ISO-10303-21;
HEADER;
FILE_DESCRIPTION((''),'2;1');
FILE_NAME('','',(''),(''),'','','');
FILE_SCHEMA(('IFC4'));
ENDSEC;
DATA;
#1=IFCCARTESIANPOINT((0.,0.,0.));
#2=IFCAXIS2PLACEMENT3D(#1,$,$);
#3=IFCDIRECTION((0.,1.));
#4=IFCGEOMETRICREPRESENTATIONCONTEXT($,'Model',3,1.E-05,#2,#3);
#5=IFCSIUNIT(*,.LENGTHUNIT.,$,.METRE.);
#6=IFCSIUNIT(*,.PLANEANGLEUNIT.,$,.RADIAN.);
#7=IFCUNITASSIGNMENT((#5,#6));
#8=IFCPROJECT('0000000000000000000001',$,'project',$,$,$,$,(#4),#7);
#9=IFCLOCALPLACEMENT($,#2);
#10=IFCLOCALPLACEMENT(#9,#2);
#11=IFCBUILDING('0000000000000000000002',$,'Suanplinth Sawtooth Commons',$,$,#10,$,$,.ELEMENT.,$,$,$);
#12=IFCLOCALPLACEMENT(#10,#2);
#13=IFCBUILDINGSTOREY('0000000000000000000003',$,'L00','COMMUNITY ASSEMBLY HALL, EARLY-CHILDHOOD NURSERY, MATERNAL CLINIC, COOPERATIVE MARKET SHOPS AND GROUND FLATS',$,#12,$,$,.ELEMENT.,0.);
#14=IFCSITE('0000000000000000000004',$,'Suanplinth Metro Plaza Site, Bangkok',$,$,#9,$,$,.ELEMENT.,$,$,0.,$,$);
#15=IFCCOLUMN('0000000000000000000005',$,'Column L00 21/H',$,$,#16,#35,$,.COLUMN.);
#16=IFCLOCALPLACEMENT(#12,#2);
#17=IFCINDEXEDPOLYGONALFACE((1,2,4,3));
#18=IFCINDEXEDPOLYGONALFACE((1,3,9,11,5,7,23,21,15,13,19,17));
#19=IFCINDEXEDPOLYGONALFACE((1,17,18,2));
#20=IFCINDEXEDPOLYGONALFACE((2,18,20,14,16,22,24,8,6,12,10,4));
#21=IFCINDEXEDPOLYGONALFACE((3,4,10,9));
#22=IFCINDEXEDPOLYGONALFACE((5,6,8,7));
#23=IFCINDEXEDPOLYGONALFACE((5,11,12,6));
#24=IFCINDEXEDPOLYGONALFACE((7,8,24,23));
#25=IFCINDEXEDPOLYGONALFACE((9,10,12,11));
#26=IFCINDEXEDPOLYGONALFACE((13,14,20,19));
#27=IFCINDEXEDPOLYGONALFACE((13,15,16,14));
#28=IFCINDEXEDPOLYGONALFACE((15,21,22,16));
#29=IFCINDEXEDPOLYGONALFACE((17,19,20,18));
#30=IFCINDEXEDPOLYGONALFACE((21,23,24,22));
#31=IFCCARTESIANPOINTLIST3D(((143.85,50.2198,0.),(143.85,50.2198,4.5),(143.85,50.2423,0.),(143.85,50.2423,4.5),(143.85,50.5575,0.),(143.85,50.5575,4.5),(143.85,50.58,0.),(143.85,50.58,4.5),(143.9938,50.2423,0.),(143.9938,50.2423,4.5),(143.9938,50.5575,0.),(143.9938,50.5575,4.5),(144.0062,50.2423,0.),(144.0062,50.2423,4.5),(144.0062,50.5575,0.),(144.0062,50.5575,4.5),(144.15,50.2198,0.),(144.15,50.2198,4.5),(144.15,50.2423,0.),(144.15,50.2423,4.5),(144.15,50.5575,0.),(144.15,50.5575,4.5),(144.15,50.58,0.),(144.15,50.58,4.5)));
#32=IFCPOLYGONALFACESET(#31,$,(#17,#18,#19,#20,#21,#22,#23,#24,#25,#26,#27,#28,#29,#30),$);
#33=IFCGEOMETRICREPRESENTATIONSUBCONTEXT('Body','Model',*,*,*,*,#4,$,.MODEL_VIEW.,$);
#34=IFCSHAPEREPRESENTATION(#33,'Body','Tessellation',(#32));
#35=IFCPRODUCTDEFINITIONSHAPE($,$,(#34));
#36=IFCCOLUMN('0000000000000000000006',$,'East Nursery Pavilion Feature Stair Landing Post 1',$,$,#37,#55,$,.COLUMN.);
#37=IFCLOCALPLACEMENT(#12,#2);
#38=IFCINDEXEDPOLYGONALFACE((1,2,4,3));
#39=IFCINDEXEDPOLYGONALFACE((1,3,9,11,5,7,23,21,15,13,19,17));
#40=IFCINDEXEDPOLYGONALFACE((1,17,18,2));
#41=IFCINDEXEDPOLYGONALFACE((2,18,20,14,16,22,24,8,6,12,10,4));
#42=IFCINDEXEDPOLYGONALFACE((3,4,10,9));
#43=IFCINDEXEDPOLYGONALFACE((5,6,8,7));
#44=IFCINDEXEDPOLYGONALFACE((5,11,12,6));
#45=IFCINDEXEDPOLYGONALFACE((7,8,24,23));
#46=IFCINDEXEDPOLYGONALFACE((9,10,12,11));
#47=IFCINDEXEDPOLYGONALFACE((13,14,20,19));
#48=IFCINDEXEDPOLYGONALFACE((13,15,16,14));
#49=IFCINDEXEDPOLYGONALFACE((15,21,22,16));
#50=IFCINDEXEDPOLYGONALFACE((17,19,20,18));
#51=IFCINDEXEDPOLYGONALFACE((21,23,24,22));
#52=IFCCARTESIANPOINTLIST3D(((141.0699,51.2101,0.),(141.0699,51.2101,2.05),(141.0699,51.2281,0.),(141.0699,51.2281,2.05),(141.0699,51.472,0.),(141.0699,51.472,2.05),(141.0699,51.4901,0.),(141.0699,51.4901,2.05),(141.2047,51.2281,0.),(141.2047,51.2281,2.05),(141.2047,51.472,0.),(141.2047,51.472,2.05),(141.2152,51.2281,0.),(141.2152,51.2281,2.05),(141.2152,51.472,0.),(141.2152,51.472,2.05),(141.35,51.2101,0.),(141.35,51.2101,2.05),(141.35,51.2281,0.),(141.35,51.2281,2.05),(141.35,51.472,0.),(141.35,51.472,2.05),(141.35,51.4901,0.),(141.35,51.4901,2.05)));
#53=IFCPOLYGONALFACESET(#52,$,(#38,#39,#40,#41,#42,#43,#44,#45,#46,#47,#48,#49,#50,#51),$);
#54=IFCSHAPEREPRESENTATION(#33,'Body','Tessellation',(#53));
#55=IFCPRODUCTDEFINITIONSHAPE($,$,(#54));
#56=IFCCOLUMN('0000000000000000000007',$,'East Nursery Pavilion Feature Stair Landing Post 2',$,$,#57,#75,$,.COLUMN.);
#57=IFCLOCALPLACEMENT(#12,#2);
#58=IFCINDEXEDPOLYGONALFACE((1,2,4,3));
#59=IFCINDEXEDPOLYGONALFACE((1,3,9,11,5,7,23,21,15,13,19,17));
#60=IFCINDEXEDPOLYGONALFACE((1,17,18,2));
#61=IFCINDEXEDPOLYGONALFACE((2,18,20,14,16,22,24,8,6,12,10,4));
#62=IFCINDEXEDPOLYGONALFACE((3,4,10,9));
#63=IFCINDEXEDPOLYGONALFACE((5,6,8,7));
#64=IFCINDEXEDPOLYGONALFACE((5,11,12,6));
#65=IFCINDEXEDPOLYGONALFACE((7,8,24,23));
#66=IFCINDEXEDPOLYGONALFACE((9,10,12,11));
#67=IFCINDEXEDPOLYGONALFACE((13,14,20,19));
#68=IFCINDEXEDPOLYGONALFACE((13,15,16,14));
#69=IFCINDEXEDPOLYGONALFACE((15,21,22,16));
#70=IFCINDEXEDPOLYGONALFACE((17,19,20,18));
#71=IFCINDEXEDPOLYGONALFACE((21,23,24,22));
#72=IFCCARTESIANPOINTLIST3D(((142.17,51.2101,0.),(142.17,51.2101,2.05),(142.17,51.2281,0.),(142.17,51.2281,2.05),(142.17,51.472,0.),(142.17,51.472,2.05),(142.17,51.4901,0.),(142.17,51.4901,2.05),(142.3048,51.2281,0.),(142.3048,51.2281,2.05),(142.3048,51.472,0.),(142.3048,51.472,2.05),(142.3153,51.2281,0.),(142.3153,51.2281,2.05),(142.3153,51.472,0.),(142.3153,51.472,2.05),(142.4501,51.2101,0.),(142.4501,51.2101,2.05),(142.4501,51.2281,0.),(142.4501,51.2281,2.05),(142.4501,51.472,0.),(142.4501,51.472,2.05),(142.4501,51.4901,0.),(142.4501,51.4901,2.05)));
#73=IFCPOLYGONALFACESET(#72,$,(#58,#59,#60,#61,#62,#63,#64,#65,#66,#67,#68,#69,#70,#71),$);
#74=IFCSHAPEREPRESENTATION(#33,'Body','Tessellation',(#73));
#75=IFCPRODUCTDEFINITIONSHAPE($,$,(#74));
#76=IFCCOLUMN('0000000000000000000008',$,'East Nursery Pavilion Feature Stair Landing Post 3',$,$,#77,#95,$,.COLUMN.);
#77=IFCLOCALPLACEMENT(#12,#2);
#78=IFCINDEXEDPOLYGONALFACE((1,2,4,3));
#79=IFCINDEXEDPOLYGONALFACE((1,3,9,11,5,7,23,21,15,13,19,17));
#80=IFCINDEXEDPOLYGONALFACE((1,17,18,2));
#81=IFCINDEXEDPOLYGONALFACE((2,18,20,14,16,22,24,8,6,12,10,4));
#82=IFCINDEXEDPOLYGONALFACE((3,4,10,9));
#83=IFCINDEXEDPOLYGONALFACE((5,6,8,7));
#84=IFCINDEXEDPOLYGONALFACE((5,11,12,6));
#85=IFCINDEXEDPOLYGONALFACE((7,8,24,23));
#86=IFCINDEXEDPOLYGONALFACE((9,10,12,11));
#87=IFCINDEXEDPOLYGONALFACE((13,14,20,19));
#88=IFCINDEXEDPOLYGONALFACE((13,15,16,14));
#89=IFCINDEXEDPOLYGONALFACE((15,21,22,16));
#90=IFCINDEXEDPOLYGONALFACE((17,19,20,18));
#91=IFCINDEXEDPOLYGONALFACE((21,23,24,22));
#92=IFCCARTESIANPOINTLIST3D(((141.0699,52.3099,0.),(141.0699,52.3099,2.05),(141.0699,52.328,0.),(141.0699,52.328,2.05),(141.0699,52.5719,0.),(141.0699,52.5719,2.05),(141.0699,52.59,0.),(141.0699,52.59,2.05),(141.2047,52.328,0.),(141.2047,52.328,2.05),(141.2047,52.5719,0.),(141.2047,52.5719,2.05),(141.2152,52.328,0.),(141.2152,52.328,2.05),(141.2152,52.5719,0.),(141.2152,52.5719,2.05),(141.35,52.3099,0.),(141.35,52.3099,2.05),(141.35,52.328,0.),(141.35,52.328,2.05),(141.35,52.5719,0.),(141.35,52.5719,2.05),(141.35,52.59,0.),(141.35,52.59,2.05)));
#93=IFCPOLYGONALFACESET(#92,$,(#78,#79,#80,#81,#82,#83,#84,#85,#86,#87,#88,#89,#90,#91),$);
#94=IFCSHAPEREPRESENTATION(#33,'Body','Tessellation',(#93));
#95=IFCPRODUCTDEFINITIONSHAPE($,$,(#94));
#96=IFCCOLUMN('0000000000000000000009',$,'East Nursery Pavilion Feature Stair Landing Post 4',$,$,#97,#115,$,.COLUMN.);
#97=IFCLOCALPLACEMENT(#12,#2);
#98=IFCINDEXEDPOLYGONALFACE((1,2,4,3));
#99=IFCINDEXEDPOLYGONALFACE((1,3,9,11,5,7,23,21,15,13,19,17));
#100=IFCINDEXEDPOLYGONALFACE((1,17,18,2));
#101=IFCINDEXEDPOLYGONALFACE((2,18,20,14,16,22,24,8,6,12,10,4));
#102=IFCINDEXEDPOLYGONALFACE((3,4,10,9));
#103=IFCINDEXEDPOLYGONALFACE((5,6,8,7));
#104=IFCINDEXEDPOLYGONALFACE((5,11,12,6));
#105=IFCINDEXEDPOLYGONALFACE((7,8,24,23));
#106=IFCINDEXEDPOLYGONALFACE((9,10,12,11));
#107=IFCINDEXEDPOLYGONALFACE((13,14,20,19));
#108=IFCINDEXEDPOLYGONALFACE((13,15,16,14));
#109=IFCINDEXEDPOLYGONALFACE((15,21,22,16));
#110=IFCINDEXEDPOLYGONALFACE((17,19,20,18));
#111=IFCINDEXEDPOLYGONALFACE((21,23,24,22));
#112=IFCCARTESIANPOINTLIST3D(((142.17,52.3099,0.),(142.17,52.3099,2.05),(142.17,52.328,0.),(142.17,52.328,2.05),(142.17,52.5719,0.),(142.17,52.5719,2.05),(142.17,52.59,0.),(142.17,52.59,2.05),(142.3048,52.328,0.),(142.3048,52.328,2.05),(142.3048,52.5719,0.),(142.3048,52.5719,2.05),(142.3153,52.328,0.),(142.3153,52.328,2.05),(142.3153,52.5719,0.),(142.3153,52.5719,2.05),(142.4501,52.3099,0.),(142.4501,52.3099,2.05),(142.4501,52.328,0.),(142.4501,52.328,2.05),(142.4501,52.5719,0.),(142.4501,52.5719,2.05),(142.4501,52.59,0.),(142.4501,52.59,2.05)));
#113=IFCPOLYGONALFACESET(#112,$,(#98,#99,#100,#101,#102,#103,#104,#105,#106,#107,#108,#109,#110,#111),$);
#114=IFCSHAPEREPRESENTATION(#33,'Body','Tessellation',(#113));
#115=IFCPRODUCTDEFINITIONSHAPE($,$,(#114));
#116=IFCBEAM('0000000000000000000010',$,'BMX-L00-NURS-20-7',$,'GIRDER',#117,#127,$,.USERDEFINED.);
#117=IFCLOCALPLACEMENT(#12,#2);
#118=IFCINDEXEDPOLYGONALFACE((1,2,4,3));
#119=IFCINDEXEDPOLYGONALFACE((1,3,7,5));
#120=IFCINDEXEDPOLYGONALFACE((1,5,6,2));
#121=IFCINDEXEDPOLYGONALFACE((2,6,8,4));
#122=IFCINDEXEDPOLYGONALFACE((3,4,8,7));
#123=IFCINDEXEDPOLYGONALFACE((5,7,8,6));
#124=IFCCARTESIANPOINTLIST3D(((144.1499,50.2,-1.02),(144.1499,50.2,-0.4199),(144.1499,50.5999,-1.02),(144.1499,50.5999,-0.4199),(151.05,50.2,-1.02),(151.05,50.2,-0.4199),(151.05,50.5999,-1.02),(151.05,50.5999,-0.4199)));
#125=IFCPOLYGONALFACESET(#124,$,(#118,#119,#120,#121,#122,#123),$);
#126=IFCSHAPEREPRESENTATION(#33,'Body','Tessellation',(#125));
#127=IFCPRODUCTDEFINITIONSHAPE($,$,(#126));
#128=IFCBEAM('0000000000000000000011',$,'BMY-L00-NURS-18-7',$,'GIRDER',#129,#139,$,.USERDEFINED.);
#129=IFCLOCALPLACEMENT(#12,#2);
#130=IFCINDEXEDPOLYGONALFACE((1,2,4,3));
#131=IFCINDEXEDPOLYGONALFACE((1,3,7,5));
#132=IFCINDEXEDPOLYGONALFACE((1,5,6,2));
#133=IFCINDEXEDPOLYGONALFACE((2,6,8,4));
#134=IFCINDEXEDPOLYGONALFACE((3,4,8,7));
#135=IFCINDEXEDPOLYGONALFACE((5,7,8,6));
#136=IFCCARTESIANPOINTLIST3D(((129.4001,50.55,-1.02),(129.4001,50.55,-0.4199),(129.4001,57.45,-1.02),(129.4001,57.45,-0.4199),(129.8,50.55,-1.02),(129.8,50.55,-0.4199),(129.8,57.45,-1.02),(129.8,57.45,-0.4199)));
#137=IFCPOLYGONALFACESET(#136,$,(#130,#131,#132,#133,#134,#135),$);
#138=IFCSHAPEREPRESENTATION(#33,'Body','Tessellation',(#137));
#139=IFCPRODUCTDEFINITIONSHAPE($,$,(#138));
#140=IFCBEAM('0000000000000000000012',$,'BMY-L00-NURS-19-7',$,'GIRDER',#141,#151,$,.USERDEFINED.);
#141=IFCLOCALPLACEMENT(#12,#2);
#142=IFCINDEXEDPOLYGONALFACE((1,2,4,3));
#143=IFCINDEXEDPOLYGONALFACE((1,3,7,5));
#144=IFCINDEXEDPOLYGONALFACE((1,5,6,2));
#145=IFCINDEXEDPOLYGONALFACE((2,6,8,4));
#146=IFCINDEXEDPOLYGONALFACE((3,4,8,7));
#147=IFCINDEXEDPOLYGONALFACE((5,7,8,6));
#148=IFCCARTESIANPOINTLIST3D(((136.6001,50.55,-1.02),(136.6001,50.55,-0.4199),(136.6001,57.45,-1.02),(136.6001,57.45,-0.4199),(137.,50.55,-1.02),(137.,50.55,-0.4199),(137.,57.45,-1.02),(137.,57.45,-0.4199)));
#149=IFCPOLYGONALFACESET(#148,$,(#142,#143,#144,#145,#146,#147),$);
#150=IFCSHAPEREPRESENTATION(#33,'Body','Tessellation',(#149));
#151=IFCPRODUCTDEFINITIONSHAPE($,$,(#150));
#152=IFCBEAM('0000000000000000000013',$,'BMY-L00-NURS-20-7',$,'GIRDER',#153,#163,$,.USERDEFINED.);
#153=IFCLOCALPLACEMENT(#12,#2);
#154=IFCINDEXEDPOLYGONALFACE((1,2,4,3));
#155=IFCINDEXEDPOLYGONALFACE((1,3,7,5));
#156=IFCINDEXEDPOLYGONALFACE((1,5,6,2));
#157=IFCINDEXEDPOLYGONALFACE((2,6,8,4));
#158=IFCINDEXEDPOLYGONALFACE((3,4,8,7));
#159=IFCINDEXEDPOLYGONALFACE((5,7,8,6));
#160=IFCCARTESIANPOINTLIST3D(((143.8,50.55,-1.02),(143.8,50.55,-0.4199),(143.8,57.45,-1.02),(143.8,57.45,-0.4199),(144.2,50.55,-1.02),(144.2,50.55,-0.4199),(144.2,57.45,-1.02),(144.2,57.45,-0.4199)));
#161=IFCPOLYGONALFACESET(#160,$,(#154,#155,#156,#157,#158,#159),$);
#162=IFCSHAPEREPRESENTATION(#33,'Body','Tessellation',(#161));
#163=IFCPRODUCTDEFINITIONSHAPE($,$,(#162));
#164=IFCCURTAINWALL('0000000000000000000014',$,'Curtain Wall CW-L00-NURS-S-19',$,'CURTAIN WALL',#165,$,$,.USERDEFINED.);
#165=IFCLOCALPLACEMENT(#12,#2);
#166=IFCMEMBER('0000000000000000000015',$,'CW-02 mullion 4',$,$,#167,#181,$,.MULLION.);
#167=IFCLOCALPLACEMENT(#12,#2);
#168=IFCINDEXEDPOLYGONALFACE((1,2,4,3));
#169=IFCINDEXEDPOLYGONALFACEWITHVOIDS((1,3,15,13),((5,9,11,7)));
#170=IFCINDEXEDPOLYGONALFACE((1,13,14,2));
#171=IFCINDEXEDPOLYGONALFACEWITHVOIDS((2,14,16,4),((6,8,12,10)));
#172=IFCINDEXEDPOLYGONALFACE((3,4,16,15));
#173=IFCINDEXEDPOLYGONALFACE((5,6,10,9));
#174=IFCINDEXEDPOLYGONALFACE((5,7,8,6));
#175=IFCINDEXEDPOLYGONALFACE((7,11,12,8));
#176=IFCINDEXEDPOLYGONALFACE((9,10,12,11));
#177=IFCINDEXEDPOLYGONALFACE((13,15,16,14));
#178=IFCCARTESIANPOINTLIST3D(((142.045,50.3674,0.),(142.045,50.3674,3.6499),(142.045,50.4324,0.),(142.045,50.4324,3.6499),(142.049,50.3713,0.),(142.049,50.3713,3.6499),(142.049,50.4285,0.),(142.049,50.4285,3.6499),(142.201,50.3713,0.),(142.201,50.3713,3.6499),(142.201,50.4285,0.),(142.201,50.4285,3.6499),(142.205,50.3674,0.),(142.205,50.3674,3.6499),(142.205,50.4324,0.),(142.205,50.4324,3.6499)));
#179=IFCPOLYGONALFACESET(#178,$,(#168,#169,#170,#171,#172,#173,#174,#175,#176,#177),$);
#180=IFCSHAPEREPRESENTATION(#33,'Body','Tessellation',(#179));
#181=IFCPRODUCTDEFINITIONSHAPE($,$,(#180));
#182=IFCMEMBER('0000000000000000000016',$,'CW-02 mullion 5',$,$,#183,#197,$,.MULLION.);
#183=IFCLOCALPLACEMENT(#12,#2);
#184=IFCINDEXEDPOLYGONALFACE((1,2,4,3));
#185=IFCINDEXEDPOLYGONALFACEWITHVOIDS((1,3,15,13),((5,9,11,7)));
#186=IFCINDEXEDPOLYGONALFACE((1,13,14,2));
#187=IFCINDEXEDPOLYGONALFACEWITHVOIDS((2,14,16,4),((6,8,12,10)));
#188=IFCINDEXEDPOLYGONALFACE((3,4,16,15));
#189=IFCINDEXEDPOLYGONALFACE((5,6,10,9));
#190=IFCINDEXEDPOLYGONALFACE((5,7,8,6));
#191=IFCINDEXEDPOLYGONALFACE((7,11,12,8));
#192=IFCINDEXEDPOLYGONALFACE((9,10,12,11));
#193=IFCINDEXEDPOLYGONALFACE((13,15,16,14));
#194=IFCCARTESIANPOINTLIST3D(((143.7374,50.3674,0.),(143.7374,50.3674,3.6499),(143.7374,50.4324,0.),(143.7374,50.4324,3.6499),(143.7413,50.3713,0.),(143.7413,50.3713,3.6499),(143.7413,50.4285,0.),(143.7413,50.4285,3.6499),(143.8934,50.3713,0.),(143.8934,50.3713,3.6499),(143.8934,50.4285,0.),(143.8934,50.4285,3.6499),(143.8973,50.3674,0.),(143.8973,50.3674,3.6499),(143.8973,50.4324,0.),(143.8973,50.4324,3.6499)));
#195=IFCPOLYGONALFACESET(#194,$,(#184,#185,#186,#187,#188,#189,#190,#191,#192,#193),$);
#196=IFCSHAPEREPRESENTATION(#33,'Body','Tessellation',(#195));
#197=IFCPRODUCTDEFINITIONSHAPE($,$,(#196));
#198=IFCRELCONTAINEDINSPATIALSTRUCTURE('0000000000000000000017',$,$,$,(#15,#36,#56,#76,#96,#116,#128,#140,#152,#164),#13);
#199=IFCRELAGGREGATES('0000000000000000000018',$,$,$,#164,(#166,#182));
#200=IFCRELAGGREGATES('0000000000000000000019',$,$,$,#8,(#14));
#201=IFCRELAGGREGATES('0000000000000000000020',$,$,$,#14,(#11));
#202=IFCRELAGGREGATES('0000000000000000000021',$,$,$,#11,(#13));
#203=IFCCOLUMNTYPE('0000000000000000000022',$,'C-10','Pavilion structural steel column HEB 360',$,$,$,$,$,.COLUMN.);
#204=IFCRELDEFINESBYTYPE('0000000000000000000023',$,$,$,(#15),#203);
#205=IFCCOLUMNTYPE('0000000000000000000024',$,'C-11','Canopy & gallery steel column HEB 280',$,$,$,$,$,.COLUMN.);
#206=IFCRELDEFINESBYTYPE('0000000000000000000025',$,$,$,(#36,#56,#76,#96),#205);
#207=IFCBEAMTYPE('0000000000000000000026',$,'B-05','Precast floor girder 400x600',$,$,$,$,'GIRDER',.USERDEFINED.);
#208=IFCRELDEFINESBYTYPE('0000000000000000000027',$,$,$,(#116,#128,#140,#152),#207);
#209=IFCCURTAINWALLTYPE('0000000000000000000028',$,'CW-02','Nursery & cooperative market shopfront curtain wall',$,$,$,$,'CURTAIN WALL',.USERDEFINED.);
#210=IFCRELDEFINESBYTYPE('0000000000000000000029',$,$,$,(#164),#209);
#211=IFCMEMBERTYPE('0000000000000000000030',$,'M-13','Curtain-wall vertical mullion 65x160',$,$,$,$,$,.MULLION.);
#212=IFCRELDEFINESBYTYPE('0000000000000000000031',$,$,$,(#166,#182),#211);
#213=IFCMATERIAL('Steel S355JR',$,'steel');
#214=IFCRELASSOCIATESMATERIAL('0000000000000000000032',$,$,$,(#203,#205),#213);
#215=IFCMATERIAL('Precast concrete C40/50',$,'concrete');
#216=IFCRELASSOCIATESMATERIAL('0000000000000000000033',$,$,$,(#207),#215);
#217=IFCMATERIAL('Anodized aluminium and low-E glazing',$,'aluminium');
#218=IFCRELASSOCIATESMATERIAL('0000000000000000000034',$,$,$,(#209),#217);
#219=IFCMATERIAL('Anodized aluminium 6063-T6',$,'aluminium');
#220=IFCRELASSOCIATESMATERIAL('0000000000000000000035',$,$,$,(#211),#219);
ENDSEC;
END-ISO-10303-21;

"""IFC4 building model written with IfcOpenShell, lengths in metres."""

from ifc_helpers import new_model, si_unit, direction, frame, origin, origin_2d, place, context, subcontext, project, spatial, rectangle, hollow_rectangle, i_section, extrude, material, material_profile, profile_set, type_object, element, aggregate, save


model = new_model("IFC4")

# Units and contexts
model_context = context("Model", 3, precision=1e-05, world=origin(), true_north=direction((0.0, 1.0)))
body_context = subcontext(model_context, "Body", "Model", "MODEL_VIEW")
ifc_project = project(units=[si_unit("LENGTHUNIT", "METRE"), si_unit("PLANEANGLEUNIT", "RADIAN")], contexts=[model_context])

# Site, building, storey
site_placement = place(None, origin())
site = spatial("IfcSite", under=ifc_project, at=site_placement, Name="Suanplinth Metro Plaza Site, Bangkok", CompositionType="ELEMENT", RefElevation=0.0)
building_placement = place(site_placement, origin())
building = spatial("IfcBuilding", under=site, at=building_placement, Name="Suanplinth Sawtooth Commons", CompositionType="ELEMENT")
storey_placement = place(building_placement, origin())
storey = spatial("IfcBuildingStorey", under=building, at=storey_placement, Name="L00", Description="COMMUNITY ASSEMBLY HALL, EARLY-CHILDHOOD NURSERY, MATERNAL CLINIC, COOPERATIVE MARKET SHOPS AND GROUND FLATS", CompositionType="ELEMENT", Elevation=0.0)

# Columns
ifc_material_1 = material(Name="Steel S355JR", Category="steel")
ifc_material_profile_1 = material_profile(ifc_material_1, i_section(OverallWidth=0.3, OverallDepth=0.3601, WebThickness=0.0125, FlangeThickness=0.0225, at=origin_2d()), Name="HEB 360")
ifc_profile_set_1 = profile_set([ifc_material_profile_1], Name="Steel S355JR")
column_type_1 = type_object("IfcColumnType", Name="C-10", Description="Pavilion structural steel column HEB 360", PredefinedType="COLUMN", material=ifc_profile_set_1)
column_placement = place(storey_placement, frame((144.0, 50.3999, 0.0), z_axis=(0.0, 0.0, 1.0), x_axis=(1.0, 0.0, 0.0)))
element("IfcColumn", 1, at=column_placement, inside=storey, type_object=column_type_1, Name="Column L00 21/H", PredefinedType="COLUMN", context=body_context, shape_type="SweptSolid", body=[
    extrude(i_section(OverallWidth=0.3, OverallDepth=0.3601, WebThickness=0.0125, FlangeThickness=0.0225, at=origin_2d()), origin(), (0.0, 0.0, 1.0), 4.5),
])
ifc_material_profile_2 = material_profile(ifc_material_1, i_section(OverallWidth=0.28, OverallDepth=0.28, WebThickness=0.0105, FlangeThickness=0.0181, at=origin_2d()), Name="HEB 280")
ifc_profile_set_2 = profile_set([ifc_material_profile_2], Name="Steel S355JR")
column_type_2 = type_object("IfcColumnType", Name="C-11", Description="Canopy & gallery steel column HEB 280", PredefinedType="COLUMN", material=ifc_profile_set_2)
for number, where, z_axis, x_axis, name in (
    (2, (141.21, 51.3501, 0.0), (0.0, 0.0, 1.0), (1.0, 0.0, 0.0), "East Nursery Pavilion Feature Stair Landing Post 1"),
    (3, (142.3101, 51.3501, 0.0), (0.0, 0.0, 1.0), (1.0, 0.0, 0.0), "East Nursery Pavilion Feature Stair Landing Post 2"),
    (4, (141.21, 52.45, 0.0), (0.0, 0.0, 1.0), (1.0, 0.0, 0.0), "East Nursery Pavilion Feature Stair Landing Post 3"),
    (5, (142.3101, 52.45, 0.0), (0.0, 0.0, 1.0), (1.0, 0.0, 0.0), "East Nursery Pavilion Feature Stair Landing Post 4"),
):
    element("IfcColumn", number, at=place(storey_placement, frame(where, z_axis=z_axis, x_axis=x_axis)), inside=storey, type_object=column_type_2, Name=name, PredefinedType="COLUMN", context=body_context, shape_type="SweptSolid", body=[
        extrude(i_section(OverallWidth=0.28, OverallDepth=0.28, WebThickness=0.0105, FlangeThickness=0.0181, at=origin_2d()), origin(), (0.0, 0.0, 1.0), 2.05),
    ])

# Beams
ifc_material_2 = material(Name="Precast concrete C40/50", Category="concrete")
ifc_material_profile_3 = material_profile(ifc_material_2, rectangle(XDim=0.3999, YDim=0.6001, at=origin_2d()), Name="PC-GDR 400x600")
ifc_profile_set_3 = profile_set([ifc_material_profile_3], Name="Precast concrete C40/50")
beam_type = type_object("IfcBeamType", Name="B-05", Description="Precast floor girder 400x600", ElementType="GIRDER", PredefinedType="USERDEFINED", material=ifc_profile_set_3)
beam_placement = place(storey_placement, frame((144.1499, 50.3999, -0.72), z_axis=(1.0, 0.0, 0.0), x_axis=(0.0, 1.0, 0.0)))
element("IfcBeam", 6, at=beam_placement, inside=storey, type_object=beam_type, Name="BMX-L00-NURS-20-7", ObjectType="GIRDER", PredefinedType="USERDEFINED", context=body_context, shape_type="SweptSolid", body=[
    extrude(rectangle(XDim=0.3999, YDim=0.6001, at=origin_2d()), origin(), (0.0, 0.0, 1.0), 6.9001),
])
for number, where, z_axis, x_axis, name in (
    (7, (129.6001, 50.55, -0.72), (0.0, 1.0, 0.0), (-1.0, 0.0, 0.0), "BMY-L00-NURS-18-7"),
    (8, (136.8, 50.55, -0.72), (0.0, 1.0, 0.0), (-1.0, 0.0, 0.0), "BMY-L00-NURS-19-7"),
    (9, (144.0, 50.55, -0.72), (0.0, 1.0, 0.0), (-1.0, 0.0, 0.0), "BMY-L00-NURS-20-7"),
):
    element("IfcBeam", number, at=place(storey_placement, frame(where, z_axis=z_axis, x_axis=x_axis)), inside=storey, type_object=beam_type, Name=name, ObjectType="GIRDER", PredefinedType="USERDEFINED", context=body_context, shape_type="SweptSolid", body=[
        extrude(rectangle(XDim=0.3999, YDim=0.6001, at=origin_2d()), origin(), (0.0, 0.0, 1.0), 6.8999),
    ])

# Curtain wall, members
ifc_material_3 = material(Name="Anodized aluminium and low-E glazing", Category="aluminium")
curtain_wall_type = type_object("IfcCurtainWallType", Name="CW-02", Description="Nursery & cooperative market shopfront curtain wall", ElementType="CURTAIN WALL", PredefinedType="USERDEFINED", material=ifc_material_3)
curtain_wall_1_placement = place(storey_placement, origin())
curtain_wall_1 = element("IfcCurtainWall", 10, at=curtain_wall_1_placement, inside=storey, type_object=curtain_wall_type, Name="Curtain Wall CW-L00-NURS-S-19", ObjectType="CURTAIN WALL", PredefinedType="USERDEFINED")
ifc_material_4 = material(Name="Anodized aluminium 6063-T6", Category="aluminium")
ifc_material_profile_4 = material_profile(ifc_material_4, hollow_rectangle(XDim=0.0649, YDim=0.1599, WallThickness=0.0039, at=origin_2d()), Name="ALU-MUL 65x160")
ifc_profile_set_4 = profile_set([ifc_material_profile_4], Name="Anodized aluminium 6063-T6")
member_type_1 = type_object("IfcMemberType", Name="M-13", Description="Curtain-wall vertical mullion 65x160", PredefinedType="MULLION", material=ifc_profile_set_4)
member_1_placement = place(storey_placement, frame((142.125, 50.3999, 0.0), z_axis=(0.0, 0.0, 1.0), x_axis=(0.0, 1.0, 0.0)))
member_1 = element("IfcMember", 11, at=member_1_placement, type_object=member_type_1, Name="CW-02 mullion 4", PredefinedType="MULLION", context=body_context, shape_type="SweptSolid", body=[
    extrude(hollow_rectangle(XDim=0.0649, YDim=0.1599, WallThickness=0.0039, at=origin_2d()), origin(), (0.0, 0.0, 1.0), 3.6499),
])
member_2_placement = place(storey_placement, frame((143.8174, 50.3999, 0.0), z_axis=(0.0, 0.0, 1.0), x_axis=(0.0, 1.0, 0.0)))
member_2 = element("IfcMember", 12, at=member_2_placement, type_object=member_type_1, Name="CW-02 mullion 5", PredefinedType="MULLION", context=body_context, shape_type="SweptSolid", body=[
    extrude(hollow_rectangle(XDim=0.0649, YDim=0.1599, WallThickness=0.0039, at=origin_2d()), origin(), (0.0, 0.0, 1.0), 3.6499),
])

aggregate(curtain_wall_1, [member_1, member_2])

save(model, "model.ifc")
